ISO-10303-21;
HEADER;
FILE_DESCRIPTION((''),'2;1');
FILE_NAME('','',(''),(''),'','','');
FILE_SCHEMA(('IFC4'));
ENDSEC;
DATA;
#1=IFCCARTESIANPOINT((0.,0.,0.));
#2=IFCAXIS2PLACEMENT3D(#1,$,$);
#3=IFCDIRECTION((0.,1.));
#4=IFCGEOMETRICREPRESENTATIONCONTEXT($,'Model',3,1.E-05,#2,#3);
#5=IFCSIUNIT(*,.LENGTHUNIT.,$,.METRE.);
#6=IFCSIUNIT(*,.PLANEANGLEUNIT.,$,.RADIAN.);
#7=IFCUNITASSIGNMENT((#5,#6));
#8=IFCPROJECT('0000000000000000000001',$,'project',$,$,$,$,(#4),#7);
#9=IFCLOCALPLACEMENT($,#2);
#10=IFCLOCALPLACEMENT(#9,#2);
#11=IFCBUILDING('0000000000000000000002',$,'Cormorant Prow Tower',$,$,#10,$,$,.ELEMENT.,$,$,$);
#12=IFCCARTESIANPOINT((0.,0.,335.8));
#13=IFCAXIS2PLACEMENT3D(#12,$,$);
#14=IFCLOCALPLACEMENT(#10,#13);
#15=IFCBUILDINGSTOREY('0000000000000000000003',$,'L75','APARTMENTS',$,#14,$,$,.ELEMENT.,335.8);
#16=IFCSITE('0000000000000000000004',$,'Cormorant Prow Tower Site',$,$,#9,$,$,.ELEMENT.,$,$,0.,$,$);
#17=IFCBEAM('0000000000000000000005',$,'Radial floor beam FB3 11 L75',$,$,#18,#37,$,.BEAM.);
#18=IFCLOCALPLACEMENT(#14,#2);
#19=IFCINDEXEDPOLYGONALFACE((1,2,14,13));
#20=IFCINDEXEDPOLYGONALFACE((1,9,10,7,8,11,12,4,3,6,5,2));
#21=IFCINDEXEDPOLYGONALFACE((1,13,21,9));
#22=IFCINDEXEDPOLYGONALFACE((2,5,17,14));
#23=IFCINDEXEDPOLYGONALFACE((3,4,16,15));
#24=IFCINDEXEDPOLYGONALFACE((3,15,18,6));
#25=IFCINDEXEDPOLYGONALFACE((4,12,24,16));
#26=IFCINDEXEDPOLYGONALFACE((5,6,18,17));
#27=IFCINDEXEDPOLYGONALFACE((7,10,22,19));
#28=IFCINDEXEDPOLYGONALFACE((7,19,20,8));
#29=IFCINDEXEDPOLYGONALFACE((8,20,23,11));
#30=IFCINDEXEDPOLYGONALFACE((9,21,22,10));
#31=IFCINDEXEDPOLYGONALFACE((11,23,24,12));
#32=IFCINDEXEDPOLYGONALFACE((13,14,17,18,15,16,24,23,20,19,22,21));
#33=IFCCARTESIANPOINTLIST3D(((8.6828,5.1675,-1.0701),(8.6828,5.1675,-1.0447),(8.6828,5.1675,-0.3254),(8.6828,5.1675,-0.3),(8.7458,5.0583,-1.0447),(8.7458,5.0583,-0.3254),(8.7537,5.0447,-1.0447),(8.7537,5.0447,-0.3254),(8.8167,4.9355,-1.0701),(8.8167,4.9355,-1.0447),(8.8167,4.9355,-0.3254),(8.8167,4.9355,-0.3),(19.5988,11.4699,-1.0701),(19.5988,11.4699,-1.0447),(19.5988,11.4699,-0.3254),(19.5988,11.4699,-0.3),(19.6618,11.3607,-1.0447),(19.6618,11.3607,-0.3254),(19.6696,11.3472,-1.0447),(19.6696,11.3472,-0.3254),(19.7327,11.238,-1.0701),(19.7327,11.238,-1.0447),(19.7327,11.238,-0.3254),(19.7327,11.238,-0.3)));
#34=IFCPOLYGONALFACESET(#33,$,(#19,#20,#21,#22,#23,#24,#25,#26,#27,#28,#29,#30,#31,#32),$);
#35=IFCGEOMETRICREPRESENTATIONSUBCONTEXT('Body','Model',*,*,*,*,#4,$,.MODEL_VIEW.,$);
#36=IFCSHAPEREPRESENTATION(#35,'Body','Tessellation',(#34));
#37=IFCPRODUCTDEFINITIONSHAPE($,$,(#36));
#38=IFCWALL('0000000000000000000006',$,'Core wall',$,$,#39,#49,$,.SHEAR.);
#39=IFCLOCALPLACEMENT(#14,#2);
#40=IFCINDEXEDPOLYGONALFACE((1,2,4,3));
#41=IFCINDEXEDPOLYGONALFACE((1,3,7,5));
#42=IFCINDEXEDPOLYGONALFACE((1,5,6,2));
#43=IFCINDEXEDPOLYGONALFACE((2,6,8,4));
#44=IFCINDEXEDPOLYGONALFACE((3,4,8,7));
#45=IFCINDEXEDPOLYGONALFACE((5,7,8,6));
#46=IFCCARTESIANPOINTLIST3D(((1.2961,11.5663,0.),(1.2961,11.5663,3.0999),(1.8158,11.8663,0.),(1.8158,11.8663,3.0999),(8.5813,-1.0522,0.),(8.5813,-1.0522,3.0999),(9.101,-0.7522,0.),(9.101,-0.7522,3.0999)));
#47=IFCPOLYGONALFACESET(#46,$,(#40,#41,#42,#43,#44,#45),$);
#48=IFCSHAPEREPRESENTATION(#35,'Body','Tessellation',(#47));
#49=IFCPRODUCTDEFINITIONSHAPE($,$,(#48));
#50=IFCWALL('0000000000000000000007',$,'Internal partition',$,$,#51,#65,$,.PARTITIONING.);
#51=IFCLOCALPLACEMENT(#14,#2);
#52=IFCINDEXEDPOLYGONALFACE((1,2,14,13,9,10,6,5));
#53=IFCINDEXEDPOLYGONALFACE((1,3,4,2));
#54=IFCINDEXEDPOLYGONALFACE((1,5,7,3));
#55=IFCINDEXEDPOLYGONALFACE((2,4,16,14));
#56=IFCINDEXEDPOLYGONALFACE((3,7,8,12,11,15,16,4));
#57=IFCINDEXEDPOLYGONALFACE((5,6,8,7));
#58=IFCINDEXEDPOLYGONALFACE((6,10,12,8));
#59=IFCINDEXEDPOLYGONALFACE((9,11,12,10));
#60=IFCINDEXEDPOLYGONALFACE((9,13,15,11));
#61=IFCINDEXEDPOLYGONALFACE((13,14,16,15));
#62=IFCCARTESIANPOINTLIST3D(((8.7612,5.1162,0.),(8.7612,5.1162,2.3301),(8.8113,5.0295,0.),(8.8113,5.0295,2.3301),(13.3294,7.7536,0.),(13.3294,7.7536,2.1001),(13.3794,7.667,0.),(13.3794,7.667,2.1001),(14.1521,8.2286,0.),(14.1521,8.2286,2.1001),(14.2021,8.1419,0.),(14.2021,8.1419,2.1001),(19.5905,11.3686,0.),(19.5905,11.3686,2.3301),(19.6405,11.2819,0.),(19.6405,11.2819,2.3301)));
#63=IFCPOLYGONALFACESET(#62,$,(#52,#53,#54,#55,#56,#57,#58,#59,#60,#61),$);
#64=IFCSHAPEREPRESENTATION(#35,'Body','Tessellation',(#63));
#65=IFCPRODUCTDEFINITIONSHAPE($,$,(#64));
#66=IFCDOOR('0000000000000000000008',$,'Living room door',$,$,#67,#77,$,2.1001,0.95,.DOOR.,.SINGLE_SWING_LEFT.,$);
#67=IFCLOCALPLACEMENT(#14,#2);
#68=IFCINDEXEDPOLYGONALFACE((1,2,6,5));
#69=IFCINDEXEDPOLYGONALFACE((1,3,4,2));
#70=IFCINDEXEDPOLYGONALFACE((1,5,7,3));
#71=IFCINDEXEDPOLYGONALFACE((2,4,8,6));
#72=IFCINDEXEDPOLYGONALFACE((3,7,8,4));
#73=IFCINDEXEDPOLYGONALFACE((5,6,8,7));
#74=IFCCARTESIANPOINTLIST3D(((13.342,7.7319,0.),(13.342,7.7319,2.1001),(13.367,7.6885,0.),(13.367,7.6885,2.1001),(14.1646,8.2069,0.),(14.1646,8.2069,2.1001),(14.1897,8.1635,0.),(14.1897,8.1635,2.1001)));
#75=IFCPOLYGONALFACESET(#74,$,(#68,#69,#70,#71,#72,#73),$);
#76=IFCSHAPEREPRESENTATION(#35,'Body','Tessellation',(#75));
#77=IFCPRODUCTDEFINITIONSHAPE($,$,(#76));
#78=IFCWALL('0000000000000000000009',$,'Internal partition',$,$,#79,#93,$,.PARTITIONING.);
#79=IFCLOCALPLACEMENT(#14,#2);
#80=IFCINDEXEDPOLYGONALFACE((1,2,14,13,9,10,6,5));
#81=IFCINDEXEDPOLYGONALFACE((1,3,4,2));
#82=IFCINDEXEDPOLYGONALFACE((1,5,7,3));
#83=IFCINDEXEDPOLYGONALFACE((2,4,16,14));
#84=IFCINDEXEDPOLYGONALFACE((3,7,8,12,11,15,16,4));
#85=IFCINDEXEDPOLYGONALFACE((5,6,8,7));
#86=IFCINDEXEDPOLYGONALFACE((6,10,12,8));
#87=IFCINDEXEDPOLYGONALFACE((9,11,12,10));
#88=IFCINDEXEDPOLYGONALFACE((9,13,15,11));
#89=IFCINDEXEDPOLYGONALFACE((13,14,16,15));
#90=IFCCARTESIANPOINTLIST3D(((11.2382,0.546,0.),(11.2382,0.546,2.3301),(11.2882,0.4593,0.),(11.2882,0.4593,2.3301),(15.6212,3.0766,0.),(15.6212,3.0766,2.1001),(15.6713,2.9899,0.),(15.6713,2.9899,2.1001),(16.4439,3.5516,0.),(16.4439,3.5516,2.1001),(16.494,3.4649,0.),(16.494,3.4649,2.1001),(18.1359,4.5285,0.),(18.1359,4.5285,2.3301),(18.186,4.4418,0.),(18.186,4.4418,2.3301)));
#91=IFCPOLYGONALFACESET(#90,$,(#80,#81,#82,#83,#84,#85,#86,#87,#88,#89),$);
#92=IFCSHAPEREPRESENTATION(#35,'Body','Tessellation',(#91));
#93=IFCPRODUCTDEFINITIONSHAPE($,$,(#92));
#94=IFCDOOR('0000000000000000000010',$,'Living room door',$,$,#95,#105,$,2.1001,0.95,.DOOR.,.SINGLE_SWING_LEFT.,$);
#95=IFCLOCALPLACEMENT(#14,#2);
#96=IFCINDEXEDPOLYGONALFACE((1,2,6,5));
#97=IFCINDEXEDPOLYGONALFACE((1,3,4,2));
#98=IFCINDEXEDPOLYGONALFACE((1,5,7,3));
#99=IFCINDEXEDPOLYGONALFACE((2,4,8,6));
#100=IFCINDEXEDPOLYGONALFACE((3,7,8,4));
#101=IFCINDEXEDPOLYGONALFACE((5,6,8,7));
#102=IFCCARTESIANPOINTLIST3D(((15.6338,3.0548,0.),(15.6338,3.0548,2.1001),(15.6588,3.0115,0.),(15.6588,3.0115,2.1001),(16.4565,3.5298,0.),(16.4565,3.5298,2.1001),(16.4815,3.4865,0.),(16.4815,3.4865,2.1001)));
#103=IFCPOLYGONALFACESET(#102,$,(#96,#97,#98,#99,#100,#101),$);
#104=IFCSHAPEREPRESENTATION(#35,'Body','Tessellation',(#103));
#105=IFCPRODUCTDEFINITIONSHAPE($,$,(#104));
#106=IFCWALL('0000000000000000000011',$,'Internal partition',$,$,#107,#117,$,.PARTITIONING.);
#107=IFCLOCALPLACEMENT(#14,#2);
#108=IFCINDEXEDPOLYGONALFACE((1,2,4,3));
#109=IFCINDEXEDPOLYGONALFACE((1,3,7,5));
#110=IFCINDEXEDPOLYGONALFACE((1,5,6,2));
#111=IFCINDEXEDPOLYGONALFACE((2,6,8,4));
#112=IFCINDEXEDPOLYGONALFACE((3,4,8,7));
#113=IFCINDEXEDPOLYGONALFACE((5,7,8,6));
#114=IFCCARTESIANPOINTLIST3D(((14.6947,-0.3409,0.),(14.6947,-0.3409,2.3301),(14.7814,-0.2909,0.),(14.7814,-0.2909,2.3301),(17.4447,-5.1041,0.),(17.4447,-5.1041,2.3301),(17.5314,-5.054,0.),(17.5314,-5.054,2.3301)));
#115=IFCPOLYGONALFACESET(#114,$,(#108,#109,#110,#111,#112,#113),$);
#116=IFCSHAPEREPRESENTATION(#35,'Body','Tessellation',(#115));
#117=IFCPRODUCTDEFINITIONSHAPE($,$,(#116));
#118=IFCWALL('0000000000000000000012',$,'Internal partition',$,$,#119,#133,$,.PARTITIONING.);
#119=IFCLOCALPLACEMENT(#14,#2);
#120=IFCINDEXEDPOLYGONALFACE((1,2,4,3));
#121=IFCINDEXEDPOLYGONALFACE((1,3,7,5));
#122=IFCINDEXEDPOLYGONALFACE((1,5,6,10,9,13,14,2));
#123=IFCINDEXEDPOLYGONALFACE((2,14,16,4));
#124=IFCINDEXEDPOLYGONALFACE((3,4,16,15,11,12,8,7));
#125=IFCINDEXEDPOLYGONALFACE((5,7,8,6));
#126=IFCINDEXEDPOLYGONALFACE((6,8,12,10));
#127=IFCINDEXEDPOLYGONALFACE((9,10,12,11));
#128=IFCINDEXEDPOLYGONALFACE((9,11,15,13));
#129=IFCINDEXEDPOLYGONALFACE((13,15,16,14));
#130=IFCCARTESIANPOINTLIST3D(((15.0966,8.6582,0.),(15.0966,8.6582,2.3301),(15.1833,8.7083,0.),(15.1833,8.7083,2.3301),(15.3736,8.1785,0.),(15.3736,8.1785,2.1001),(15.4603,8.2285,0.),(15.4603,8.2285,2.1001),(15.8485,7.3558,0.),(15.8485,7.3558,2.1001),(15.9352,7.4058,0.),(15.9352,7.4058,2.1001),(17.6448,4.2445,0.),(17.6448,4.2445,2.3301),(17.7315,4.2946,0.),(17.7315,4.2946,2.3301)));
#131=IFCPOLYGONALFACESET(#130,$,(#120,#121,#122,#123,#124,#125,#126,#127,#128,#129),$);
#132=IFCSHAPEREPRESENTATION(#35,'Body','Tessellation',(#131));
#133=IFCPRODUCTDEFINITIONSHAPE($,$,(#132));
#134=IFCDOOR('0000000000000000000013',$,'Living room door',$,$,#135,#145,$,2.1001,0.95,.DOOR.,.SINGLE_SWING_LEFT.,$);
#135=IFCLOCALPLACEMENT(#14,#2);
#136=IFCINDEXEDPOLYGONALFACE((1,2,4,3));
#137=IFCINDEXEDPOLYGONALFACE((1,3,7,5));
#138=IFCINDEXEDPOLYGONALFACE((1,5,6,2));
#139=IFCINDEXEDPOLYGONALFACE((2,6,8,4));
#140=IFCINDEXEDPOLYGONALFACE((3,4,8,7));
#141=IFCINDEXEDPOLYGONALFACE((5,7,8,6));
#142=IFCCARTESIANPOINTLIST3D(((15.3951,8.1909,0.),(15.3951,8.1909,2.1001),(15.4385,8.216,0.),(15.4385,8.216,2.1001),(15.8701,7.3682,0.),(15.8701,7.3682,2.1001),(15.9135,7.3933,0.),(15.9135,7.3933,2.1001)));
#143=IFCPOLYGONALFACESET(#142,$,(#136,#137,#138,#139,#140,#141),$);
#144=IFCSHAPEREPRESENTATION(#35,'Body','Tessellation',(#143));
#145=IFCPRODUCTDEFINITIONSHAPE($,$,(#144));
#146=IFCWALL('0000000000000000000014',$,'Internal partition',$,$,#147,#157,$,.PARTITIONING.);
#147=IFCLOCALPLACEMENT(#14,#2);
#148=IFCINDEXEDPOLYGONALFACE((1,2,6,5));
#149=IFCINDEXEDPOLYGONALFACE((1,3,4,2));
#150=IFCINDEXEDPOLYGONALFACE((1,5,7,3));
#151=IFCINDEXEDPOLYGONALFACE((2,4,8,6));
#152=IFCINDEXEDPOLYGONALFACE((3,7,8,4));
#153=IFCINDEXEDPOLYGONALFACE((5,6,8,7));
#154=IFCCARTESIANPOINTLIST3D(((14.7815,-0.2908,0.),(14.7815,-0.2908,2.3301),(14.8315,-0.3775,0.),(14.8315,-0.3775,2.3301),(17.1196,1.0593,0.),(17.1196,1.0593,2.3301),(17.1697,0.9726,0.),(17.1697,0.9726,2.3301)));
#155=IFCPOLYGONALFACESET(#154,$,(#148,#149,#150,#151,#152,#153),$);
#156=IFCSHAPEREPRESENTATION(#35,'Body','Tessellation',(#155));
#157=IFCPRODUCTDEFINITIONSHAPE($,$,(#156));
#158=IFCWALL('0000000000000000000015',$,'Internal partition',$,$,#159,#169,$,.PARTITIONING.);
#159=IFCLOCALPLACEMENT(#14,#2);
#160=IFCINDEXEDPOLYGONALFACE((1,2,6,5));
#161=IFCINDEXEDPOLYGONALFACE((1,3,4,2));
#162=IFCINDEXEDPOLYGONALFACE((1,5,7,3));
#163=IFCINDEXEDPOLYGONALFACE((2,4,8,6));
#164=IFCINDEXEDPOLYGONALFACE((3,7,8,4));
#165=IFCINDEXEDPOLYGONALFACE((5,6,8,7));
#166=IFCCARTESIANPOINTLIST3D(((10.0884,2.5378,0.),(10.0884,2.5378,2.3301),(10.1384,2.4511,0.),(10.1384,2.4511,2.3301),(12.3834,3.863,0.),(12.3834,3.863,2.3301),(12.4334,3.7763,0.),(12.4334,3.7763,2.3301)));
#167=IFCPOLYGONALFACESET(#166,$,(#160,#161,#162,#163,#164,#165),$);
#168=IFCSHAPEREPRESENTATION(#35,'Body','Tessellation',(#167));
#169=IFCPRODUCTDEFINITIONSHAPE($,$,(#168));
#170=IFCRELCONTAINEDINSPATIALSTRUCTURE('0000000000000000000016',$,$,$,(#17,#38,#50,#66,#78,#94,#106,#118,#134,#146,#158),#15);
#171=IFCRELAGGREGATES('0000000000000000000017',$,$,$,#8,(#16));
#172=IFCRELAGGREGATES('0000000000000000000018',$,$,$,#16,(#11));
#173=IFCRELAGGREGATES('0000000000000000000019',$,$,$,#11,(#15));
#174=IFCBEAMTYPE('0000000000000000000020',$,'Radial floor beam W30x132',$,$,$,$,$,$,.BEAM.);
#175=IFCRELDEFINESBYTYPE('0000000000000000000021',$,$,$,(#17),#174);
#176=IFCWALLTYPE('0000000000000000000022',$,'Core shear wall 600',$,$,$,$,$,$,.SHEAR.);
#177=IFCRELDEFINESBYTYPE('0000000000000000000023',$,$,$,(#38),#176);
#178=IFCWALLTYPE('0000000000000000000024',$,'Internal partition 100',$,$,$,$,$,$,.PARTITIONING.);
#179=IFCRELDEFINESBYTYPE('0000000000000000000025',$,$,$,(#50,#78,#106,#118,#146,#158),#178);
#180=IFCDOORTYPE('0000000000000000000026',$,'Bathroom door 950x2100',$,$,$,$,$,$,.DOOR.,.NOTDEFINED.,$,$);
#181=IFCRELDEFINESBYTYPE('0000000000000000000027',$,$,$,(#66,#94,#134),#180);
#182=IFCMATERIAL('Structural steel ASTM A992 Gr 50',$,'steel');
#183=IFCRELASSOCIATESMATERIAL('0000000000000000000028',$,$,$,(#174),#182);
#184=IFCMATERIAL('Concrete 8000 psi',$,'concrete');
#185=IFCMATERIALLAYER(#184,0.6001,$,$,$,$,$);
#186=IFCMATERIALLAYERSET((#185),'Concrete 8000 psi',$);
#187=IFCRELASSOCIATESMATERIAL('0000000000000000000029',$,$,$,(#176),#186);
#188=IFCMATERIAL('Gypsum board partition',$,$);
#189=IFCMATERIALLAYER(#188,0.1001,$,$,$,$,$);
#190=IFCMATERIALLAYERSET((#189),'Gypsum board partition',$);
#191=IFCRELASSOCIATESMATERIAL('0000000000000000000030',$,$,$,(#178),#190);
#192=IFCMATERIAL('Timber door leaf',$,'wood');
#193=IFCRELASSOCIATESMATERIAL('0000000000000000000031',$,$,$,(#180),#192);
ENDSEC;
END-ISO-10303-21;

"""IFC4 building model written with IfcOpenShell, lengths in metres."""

from ifc_helpers import new_model, si_unit, direction, frame, frame_2d, origin, origin_2d, place, context, subcontext, project, spatial, rectangle, i_section, extrude, material, layer, layer_set, material_profile, profile_set, type_object, element, fill, save


model = new_model("IFC4")

# Units and contexts
model_context = context("Model", 3, precision=1e-05, world=origin(), true_north=direction((0.0, 1.0)))
body_context = subcontext(model_context, "Body", "Model", "MODEL_VIEW")
ifc_project = project(units=[si_unit("LENGTHUNIT", "METRE"), si_unit("PLANEANGLEUNIT", "RADIAN")], contexts=[model_context])

# Site, building, storey
site_placement = place(None, origin())
site = spatial("IfcSite", under=ifc_project, at=site_placement, Name="Cormorant Prow Tower Site", CompositionType="ELEMENT", RefElevation=0.0)
building_placement = place(site_placement, origin())
building = spatial("IfcBuilding", under=site, at=building_placement, Name="Cormorant Prow Tower", CompositionType="ELEMENT")
storey_placement = place(building_placement, frame((0.0, 0.0, 335.8)))
storey = spatial("IfcBuildingStorey", under=building, at=storey_placement, Name="L75", Description="APARTMENTS", CompositionType="ELEMENT", Elevation=335.8)

# Beam
ifc_material_1 = material(Name="Structural steel ASTM A992 Gr 50", Category="steel")
ifc_material_profile = material_profile(ifc_material_1, i_section(OverallWidth=0.2678, OverallDepth=0.77, WebThickness=0.0156, FlangeThickness=0.0254, at=origin_2d()), Name="W30x132")
ifc_profile_set = profile_set([ifc_material_profile], Name="Structural steel ASTM A992 Gr 50")
beam_type = type_object("IfcBeamType", Name="Radial floor beam W30x132", PredefinedType="BEAM", material=ifc_profile_set)
beam_placement = place(storey_placement, frame((8.7498, 5.0515, -0.6851), z_axis=(0.866021, 0.500007, 0.0), x_axis=(-0.500007, 0.866021, 0.0)))
element("IfcBeam", 1, at=beam_placement, inside=storey, type_object=beam_type, Name="Radial floor beam FB3 11 L75", PredefinedType="BEAM", context=body_context, shape_type="SweptSolid", body=[
    extrude(i_section(OverallWidth=0.2678, OverallDepth=0.77, WebThickness=0.0156, FlangeThickness=0.0254, at=origin_2d()), origin(), (0.0, 0.0, 1.0), 12.6047),
])

# Wall
ifc_material_2 = material(Name="Concrete 8000 psi", Category="concrete")
ifc_layer_1 = layer(ifc_material_2, 0.6001)
ifc_layer_set_1 = layer_set([ifc_layer_1], Name="Concrete 8000 psi")
wall_type_1 = type_object("IfcWallType", Name="Core shear wall 600", PredefinedType="SHEAR", material=ifc_layer_set_1)
wall_1_placement = place(storey_placement, frame((8.8411, -0.9021, 0.0), z_axis=(0.0, 0.0, 1.0), x_axis=(-0.499996, 0.866028, 0.0)))
element("IfcWall", 2, at=wall_1_placement, inside=storey, type_object=wall_type_1, Name="Core wall", PredefinedType="SHEAR", context=body_context, shape_type="SweptSolid", body=[
    extrude(rectangle(XDim=14.5706, YDim=0.6001, at=frame_2d((7.2852, 0.0))), origin(), (0.0, 0.0, 1.0), 3.0999),
])

# Walls, openings, doors
ifc_material_3 = material(Name="Gypsum board partition")
ifc_layer_2 = layer(ifc_material_3, 0.1001)
ifc_layer_set_2 = layer_set([ifc_layer_2], Name="Gypsum board partition")
wall_type_2 = type_object("IfcWallType", Name="Internal partition 100", PredefinedType="PARTITIONING", material=ifc_layer_set_2)
wall_2_placement = place(storey_placement, frame((8.7861, 5.0728, 0.0), z_axis=(0.0, 0.0, 1.0), x_axis=(0.866021, 0.500007, 0.0)))
wall_2 = element("IfcWall", 3, at=wall_2_placement, inside=storey, type_object=wall_type_2, Name="Internal partition", PredefinedType="PARTITIONING", context=body_context, shape_type="SweptSolid", body=[
    extrude(rectangle(XDim=12.5046, YDim=0.1001, at=frame_2d((6.2524, 0.0))), origin(), (0.0, 0.0, 1.0), 2.3301),
])
opening_1_placement = place(wall_2_placement, frame((5.2749, 0.0, 0.0)))
opening_1 = element("IfcOpeningElement", 4, at=opening_1_placement, cuts=wall_2, PredefinedType="OPENING", context=body_context, shape_type="SweptSolid", body=[
    extrude(rectangle(XDim=0.95, YDim=2.1001, at=frame_2d((0.4751, 1.05))), frame((0.0, 0.0601, 0.0), z_axis=(0.0, -1.0, 0.0), x_axis=(1.0, 0.0, 0.0)), (0.0, 0.0, 1.0), 0.1201),
])
ifc_material_4 = material(Name="Timber door leaf", Category="wood")
door_type = type_object("IfcDoorType", Name="Bathroom door 950x2100", OperationType="NOTDEFINED", PredefinedType="DOOR", material=ifc_material_4)
door_1_placement = place(opening_1_placement, origin())
door_1 = element("IfcDoor", 5, at=door_1_placement, inside=storey, type_object=door_type, Name="Living room door", OperationType="SINGLE_SWING_LEFT", OverallHeight=2.1001, OverallWidth=0.95, PredefinedType="DOOR", context=body_context, shape_type="SweptSolid", body=[
    extrude(rectangle(XDim=0.95, YDim=2.1001, at=frame_2d((0.4751, 1.05))), frame((0.0, 0.0249, 0.0), z_axis=(0.0, -1.0, 0.0), x_axis=(1.0, 0.0, 0.0)), (0.0, 0.0, 1.0), 0.05),
])
fill(opening_1, door_1)
wall_3_placement = place(storey_placement, frame((11.2632, 0.5027, 0.0), z_axis=(0.0, 0.0, 1.0), x_axis=(0.866024, 0.500003, 0.0)))
wall_3 = element("IfcWall", 6, at=wall_3_placement, inside=storey, type_object=wall_type_2, Name="Internal partition", PredefinedType="PARTITIONING", context=body_context, shape_type="SweptSolid", body=[
    extrude(rectangle(XDim=7.9648, YDim=0.1001, at=frame_2d((3.9824, 0.0))), origin(), (0.0, 0.0, 1.0), 2.3301),
])
opening_2_placement = place(wall_3_placement, frame((5.061, 0.0, 0.0)))
opening_2 = element("IfcOpeningElement", 7, at=opening_2_placement, cuts=wall_3, PredefinedType="OPENING", context=body_context, shape_type="SweptSolid", body=[
    extrude(rectangle(XDim=0.95, YDim=2.1001, at=frame_2d((0.4751, 1.05))), frame((0.0, 0.0601, 0.0), z_axis=(0.0, -1.0, 0.0), x_axis=(1.0, 0.0, 0.0)), (0.0, 0.0, 1.0), 0.1201),
])
door_2_placement = place(opening_2_placement, origin())
door_2 = element("IfcDoor", 8, at=door_2_placement, inside=storey, type_object=door_type, Name="Living room door", OperationType="SINGLE_SWING_LEFT", OverallHeight=2.1001, OverallWidth=0.95, PredefinedType="DOOR", context=body_context, shape_type="SweptSolid", body=[
    extrude(rectangle(XDim=0.95, YDim=2.1001, at=frame_2d((0.4751, 1.05))), frame((0.0, 0.0249, 0.0), z_axis=(0.0, -1.0, 0.0), x_axis=(1.0, 0.0, 0.0)), (0.0, 0.0, 1.0), 0.05),
])
fill(opening_2, door_2)

# Wall
wall_4_placement = place(storey_placement, frame((14.738, -0.3159, 0.0), z_axis=(0.0, 0.0, 1.0), x_axis=(0.499997, -0.866027, 0.0)))
element("IfcWall", 9, at=wall_4_placement, inside=storey, type_object=wall_type_2, Name="Internal partition", PredefinedType="PARTITIONING", context=body_context, shape_type="SweptSolid", body=[
    extrude(rectangle(XDim=5.5, YDim=0.1001, at=frame_2d((2.75, 0.0))), origin(), (0.0, 0.0, 1.0), 2.3301),
])

# Wall, opening, door
wall_5_placement = place(storey_placement, frame((15.1399, 8.6833, 0.0), z_axis=(0.0, 0.0, 1.0), x_axis=(0.499988, -0.866032, 0.0)))
wall_5 = element("IfcWall", 10, at=wall_5_placement, inside=storey, type_object=wall_type_2, Name="Internal partition", PredefinedType="PARTITIONING", context=body_context, shape_type="SweptSolid", body=[
    extrude(rectangle(XDim=5.0964, YDim=0.1001, at=frame_2d((2.5483, 0.0))), origin(), (0.0, 0.0, 1.0), 2.3301),
])
opening_3_placement = place(wall_5_placement, frame((0.554, 0.0, 0.0)))
opening_3 = element("IfcOpeningElement", 11, at=opening_3_placement, cuts=wall_5, PredefinedType="OPENING", context=body_context, shape_type="SweptSolid", body=[
    extrude(rectangle(XDim=0.95, YDim=2.1001, at=frame_2d((0.4751, 1.05))), frame((0.0, 0.0601, 0.0), z_axis=(0.0, -1.0, 0.0), x_axis=(1.0, 0.0, 0.0)), (0.0, 0.0, 1.0), 0.1201),
])
door_3_placement = place(opening_3_placement, origin())
door_3 = element("IfcDoor", 12, at=door_3_placement, inside=storey, type_object=door_type, Name="Living room door", OperationType="SINGLE_SWING_LEFT", OverallHeight=2.1001, OverallWidth=0.95, PredefinedType="DOOR", context=body_context, shape_type="SweptSolid", body=[
    extrude(rectangle(XDim=0.95, YDim=2.1001, at=frame_2d((0.4751, 1.05))), frame((0.0, 0.0249, 0.0), z_axis=(0.0, -1.0, 0.0), x_axis=(1.0, 0.0, 0.0)), (0.0, 0.0, 1.0), 0.05),
])
fill(opening_3, door_3)

# Walls
wall_6_placement = place(storey_placement, frame((14.8064, -0.3342, 0.0), z_axis=(0.0, 0.0, 1.0), x_axis=(0.865997, 0.500049, 0.0)))
element("IfcWall", 13, at=wall_6_placement, inside=storey, type_object=wall_type_2, Name="Internal partition", PredefinedType="PARTITIONING", context=body_context, shape_type="SweptSolid", body=[
    extrude(rectangle(XDim=2.7, YDim=0.1001, at=frame_2d((1.3501, 0.0))), origin(), (0.0, 0.0, 1.0), 2.3301),
])
wall_7_placement = place(storey_placement, frame((10.1133, 2.4944, 0.0), z_axis=(0.0, 0.0, 1.0), x_axis=(0.865989, 0.500063, 0.0)))
element("IfcWall", 14, at=wall_7_placement, inside=storey, type_object=wall_type_2, Name="Internal partition", PredefinedType="PARTITIONING", context=body_context, shape_type="SweptSolid", body=[
    extrude(rectangle(XDim=2.6501, YDim=0.1001, at=frame_2d((1.3252, 0.0))), origin(), (0.0, 0.0, 1.0), 2.3301),
])

save(model, "model.ifc")
